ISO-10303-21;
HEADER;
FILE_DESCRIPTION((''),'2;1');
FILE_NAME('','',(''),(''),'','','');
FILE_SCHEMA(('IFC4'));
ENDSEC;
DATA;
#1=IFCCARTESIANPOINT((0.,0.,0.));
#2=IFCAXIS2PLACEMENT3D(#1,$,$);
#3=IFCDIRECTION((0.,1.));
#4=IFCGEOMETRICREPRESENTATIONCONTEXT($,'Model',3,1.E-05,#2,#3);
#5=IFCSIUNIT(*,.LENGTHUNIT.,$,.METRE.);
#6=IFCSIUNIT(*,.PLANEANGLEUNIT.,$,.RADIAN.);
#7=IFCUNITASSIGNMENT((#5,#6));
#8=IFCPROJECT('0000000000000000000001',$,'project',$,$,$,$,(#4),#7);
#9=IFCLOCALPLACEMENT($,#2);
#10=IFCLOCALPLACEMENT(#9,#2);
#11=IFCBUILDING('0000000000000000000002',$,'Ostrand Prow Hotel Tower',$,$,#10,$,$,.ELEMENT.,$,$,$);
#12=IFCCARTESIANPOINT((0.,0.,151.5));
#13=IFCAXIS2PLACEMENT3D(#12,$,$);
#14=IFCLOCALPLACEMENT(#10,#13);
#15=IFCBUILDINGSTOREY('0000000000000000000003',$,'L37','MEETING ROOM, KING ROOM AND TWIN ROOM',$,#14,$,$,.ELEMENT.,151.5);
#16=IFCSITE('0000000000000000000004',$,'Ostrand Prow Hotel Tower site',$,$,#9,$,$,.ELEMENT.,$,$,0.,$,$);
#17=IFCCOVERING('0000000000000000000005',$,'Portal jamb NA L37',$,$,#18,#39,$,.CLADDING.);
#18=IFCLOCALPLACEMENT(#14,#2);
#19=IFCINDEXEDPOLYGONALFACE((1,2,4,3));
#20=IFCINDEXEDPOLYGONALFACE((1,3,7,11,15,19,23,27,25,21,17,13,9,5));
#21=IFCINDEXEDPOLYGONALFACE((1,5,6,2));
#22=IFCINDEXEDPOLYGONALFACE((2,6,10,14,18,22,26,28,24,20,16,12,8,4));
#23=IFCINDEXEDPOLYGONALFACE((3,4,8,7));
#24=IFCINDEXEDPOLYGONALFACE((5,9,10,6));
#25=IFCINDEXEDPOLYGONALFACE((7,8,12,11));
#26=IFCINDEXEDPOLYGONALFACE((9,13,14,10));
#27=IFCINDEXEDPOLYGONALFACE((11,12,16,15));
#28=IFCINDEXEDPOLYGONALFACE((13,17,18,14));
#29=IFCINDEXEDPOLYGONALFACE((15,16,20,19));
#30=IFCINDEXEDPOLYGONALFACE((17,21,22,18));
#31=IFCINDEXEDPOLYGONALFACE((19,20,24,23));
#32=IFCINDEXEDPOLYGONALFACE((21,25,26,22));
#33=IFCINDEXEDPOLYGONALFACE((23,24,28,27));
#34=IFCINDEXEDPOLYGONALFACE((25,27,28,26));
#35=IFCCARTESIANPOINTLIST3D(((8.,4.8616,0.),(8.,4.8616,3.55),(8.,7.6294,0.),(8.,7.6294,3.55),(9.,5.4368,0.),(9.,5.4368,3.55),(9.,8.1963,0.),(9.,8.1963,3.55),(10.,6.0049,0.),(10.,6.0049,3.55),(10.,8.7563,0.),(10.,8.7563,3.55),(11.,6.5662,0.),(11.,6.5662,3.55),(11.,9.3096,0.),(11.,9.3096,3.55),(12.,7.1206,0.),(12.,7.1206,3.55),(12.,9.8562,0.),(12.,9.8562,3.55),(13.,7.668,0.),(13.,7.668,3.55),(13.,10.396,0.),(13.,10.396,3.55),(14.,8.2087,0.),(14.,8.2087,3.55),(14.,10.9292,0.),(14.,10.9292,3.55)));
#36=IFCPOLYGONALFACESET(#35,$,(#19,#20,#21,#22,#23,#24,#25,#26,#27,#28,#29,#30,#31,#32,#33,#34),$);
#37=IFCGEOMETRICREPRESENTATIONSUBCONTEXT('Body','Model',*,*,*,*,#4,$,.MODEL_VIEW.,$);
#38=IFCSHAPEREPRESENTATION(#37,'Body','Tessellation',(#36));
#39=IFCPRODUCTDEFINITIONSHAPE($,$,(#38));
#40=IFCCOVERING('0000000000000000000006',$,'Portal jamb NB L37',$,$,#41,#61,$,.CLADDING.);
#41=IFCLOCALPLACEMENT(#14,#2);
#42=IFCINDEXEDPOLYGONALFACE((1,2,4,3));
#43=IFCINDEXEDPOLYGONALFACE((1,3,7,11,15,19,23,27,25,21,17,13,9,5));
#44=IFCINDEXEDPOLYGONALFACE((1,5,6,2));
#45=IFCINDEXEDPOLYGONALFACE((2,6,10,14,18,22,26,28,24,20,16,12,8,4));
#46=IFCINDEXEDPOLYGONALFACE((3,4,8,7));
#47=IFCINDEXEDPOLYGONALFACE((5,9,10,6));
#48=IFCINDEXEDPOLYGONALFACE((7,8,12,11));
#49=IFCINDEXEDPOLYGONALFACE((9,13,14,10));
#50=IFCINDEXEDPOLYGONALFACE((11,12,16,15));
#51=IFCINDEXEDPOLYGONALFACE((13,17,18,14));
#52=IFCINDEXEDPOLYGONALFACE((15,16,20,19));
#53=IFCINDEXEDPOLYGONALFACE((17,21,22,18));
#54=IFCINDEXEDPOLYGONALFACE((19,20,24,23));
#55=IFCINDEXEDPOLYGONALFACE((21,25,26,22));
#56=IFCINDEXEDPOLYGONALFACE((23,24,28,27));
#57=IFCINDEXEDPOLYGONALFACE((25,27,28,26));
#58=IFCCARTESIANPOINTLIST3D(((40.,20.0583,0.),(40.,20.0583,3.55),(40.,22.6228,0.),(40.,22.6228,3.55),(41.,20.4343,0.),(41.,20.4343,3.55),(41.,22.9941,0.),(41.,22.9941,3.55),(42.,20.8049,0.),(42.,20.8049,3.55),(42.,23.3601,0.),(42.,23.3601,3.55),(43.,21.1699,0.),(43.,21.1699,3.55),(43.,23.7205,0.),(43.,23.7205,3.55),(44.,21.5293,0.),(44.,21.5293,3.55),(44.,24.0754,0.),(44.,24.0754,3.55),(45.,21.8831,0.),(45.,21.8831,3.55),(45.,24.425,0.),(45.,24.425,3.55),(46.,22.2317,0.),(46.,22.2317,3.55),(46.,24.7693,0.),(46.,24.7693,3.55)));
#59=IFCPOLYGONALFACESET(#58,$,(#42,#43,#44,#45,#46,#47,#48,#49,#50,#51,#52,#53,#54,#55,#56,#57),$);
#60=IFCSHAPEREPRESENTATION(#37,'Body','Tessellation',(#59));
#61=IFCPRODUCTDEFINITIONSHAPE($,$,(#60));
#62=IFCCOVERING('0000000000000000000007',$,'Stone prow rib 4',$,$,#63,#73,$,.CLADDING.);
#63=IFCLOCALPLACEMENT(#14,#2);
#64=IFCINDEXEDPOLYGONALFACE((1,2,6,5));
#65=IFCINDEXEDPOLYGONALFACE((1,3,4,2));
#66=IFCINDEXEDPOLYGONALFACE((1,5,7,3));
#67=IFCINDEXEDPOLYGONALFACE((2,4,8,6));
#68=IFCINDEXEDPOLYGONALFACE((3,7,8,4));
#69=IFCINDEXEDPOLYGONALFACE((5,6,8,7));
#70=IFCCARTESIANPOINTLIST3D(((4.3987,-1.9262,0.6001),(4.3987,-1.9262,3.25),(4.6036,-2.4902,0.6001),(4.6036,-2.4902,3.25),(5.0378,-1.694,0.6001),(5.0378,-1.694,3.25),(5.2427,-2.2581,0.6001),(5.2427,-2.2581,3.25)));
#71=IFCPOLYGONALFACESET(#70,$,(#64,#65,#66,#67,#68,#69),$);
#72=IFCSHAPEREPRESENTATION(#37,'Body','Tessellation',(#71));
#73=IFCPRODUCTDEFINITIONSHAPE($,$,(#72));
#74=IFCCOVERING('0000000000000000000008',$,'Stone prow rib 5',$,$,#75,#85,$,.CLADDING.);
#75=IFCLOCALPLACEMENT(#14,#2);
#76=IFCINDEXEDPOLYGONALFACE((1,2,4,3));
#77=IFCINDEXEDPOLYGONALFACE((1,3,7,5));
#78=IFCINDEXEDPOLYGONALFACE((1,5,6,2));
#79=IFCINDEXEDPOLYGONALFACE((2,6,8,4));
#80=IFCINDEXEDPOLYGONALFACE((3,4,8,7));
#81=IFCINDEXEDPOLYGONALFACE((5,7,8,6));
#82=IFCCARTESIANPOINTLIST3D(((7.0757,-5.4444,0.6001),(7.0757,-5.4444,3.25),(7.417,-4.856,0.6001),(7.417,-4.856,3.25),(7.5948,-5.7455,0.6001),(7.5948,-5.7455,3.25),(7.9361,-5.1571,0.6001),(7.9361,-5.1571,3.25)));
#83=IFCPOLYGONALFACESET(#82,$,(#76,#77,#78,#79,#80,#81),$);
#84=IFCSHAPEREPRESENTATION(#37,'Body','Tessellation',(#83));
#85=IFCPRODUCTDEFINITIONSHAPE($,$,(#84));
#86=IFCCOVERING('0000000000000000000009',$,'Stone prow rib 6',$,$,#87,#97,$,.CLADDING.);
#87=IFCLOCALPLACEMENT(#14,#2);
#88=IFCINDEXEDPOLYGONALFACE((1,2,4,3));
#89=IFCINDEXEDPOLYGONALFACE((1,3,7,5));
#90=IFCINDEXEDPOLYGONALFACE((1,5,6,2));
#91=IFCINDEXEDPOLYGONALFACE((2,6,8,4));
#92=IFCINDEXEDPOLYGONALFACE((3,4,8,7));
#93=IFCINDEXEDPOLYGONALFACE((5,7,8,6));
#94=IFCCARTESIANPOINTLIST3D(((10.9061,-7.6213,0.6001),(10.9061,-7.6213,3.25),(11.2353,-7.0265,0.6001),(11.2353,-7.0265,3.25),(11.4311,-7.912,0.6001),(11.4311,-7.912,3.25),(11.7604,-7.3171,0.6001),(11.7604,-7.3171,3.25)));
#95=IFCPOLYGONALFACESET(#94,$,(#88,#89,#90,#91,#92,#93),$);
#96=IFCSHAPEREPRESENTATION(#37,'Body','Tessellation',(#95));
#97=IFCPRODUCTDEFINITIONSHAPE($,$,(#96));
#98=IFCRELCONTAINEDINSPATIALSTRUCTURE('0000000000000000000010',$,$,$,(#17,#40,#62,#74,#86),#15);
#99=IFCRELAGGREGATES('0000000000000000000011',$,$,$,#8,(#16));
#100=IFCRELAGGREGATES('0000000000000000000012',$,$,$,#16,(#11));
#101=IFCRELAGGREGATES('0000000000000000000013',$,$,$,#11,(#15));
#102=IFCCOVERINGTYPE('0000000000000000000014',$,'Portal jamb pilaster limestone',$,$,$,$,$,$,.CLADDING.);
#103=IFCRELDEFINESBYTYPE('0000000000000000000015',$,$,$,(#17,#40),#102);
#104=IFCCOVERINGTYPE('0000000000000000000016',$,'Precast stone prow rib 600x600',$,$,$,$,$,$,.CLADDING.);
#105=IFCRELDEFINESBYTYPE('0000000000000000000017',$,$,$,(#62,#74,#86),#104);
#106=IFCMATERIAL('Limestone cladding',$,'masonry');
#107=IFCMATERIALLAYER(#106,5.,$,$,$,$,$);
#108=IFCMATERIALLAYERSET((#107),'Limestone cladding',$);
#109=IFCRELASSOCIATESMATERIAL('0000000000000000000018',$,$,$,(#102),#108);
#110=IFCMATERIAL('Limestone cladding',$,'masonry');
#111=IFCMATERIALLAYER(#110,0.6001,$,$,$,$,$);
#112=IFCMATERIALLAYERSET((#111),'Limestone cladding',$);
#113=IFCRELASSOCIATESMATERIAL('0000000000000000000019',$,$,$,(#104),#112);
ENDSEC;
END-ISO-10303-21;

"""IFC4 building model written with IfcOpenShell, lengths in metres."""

from ifc_helpers import new_model, si_unit, direction, frame, frame_2d, origin, place, context, subcontext, project, spatial, polyline, rectangle, outline, extrude, material, layer, layer_set, type_object, element, save


model = new_model("IFC4")

# Units and contexts
model_context = context("Model", 3, precision=1e-05, world=origin(), true_north=direction((0.0, 1.0)))
body_context = subcontext(model_context, "Body", "Model", "MODEL_VIEW")
ifc_project = project(units=[si_unit("LENGTHUNIT", "METRE"), si_unit("PLANEANGLEUNIT", "RADIAN")], contexts=[model_context])

# Site, building, storey
site_placement = place(None, origin())
site = spatial("IfcSite", under=ifc_project, at=site_placement, Name="Ostrand Prow Hotel Tower site", CompositionType="ELEMENT", RefElevation=0.0)
building_placement = place(site_placement, origin())
building = spatial("IfcBuilding", under=site, at=building_placement, Name="Ostrand Prow Hotel Tower", CompositionType="ELEMENT")
storey_placement = place(building_placement, frame((0.0, 0.0, 151.5)))
storey = spatial("IfcBuildingStorey", under=building, at=storey_placement, Name="L37", Description="MEETING ROOM, KING ROOM AND TWIN ROOM", CompositionType="ELEMENT", Elevation=151.5)

# Coverings
ifc_material_1 = material(Name="Limestone cladding", Category="masonry")
ifc_layer_1 = layer(ifc_material_1, 5.0)
ifc_layer_set_1 = layer_set([ifc_layer_1], Name="Limestone cladding")
covering_type_1 = type_object("IfcCoveringType", Name="Portal jamb pilaster limestone", PredefinedType="CLADDING", material=ifc_layer_set_1)
covering_1_placement = place(storey_placement, origin())
element("IfcCovering", 1, at=covering_1_placement, inside=storey, type_object=covering_type_1, Name="Portal jamb NA L37", PredefinedType="CLADDING", context=body_context, shape_type="SweptSolid", body=[
    extrude(outline(polyline([(8.0, 4.8616), (9.0, 5.4368), (10.0, 6.0049), (11.0, 6.5662), (12.0, 7.1206), (13.0, 7.668), (14.0, 8.2087), (14.0, 10.9292), (13.0, 10.396), (12.0, 9.8562), (11.0, 9.3096), (10.0, 8.7563), (9.0, 8.1963), (8.0, 7.6294), (8.0, 4.8616)])), origin(), (0.0, 0.0, 1.0), 3.55),
])
covering_2_placement = place(storey_placement, origin())
element("IfcCovering", 2, at=covering_2_placement, inside=storey, type_object=covering_type_1, Name="Portal jamb NB L37", PredefinedType="CLADDING", context=body_context, shape_type="SweptSolid", body=[
    extrude(outline(polyline([(40.0, 20.0583), (41.0, 20.4343), (42.0, 20.8049), (43.0, 21.1699), (44.0, 21.5293), (45.0, 21.8831), (46.0, 22.2317), (46.0, 24.7693), (45.0, 24.425), (44.0, 24.0754), (43.0, 23.7205), (42.0, 23.3601), (41.0, 22.9941), (40.0, 22.6228), (40.0, 20.0583)])), origin(), (0.0, 0.0, 1.0), 3.55),
])
ifc_material_2 = material(Name="Limestone cladding", Category="masonry")
ifc_layer_2 = layer(ifc_material_2, 0.6001)
ifc_layer_set_2 = layer_set([ifc_layer_2], Name="Limestone cladding")
covering_type_2 = type_object("IfcCoveringType", Name="Precast stone prow rib 600x600", PredefinedType="CLADDING", material=ifc_layer_set_2)
covering_3_placement = place(storey_placement, frame((5.1401, -1.9761, 0.6001), z_axis=(0.0, 0.0, 1.0), x_axis=(-0.939909, -0.341426, 0.0)))
element("IfcCovering", 3, at=covering_3_placement, inside=storey, type_object=covering_type_2, Name="Stone prow rib 4", PredefinedType="CLADDING", context=body_context, shape_type="SweptSolid", body=[
    extrude(rectangle(XDim=0.6799, YDim=0.6001, at=frame_2d((0.3398, 0.0))), origin(), (0.0, 0.0, 1.0), 2.6499),
])
covering_4_placement = place(storey_placement, frame((7.6765, -5.0066, 0.6001), z_axis=(0.0, 0.0, 1.0), x_axis=(-0.501772, -0.865, 0.0)))
element("IfcCovering", 4, at=covering_4_placement, inside=storey, type_object=covering_type_2, Name="Stone prow rib 5", PredefinedType="CLADDING", context=body_context, shape_type="SweptSolid", body=[
    extrude(rectangle(XDim=0.6802, YDim=0.6001, at=frame_2d((0.3401, 0.0))), origin(), (0.0, 0.0, 1.0), 2.6499),
])
covering_5_placement = place(storey_placement, frame((11.4978, -7.1719, 0.6001), z_axis=(0.0, 0.0, 1.0), x_axis=(-0.484301, -0.874901, 0.0)))
element("IfcCovering", 5, at=covering_5_placement, inside=storey, type_object=covering_type_2, Name="Stone prow rib 6", PredefinedType="CLADDING", context=body_context, shape_type="SweptSolid", body=[
    extrude(rectangle(XDim=0.6799, YDim=0.6001, at=frame_2d((0.3398, 0.0))), origin(), (0.0, 0.0, 1.0), 2.6499),
])

save(model, "model.ifc")
